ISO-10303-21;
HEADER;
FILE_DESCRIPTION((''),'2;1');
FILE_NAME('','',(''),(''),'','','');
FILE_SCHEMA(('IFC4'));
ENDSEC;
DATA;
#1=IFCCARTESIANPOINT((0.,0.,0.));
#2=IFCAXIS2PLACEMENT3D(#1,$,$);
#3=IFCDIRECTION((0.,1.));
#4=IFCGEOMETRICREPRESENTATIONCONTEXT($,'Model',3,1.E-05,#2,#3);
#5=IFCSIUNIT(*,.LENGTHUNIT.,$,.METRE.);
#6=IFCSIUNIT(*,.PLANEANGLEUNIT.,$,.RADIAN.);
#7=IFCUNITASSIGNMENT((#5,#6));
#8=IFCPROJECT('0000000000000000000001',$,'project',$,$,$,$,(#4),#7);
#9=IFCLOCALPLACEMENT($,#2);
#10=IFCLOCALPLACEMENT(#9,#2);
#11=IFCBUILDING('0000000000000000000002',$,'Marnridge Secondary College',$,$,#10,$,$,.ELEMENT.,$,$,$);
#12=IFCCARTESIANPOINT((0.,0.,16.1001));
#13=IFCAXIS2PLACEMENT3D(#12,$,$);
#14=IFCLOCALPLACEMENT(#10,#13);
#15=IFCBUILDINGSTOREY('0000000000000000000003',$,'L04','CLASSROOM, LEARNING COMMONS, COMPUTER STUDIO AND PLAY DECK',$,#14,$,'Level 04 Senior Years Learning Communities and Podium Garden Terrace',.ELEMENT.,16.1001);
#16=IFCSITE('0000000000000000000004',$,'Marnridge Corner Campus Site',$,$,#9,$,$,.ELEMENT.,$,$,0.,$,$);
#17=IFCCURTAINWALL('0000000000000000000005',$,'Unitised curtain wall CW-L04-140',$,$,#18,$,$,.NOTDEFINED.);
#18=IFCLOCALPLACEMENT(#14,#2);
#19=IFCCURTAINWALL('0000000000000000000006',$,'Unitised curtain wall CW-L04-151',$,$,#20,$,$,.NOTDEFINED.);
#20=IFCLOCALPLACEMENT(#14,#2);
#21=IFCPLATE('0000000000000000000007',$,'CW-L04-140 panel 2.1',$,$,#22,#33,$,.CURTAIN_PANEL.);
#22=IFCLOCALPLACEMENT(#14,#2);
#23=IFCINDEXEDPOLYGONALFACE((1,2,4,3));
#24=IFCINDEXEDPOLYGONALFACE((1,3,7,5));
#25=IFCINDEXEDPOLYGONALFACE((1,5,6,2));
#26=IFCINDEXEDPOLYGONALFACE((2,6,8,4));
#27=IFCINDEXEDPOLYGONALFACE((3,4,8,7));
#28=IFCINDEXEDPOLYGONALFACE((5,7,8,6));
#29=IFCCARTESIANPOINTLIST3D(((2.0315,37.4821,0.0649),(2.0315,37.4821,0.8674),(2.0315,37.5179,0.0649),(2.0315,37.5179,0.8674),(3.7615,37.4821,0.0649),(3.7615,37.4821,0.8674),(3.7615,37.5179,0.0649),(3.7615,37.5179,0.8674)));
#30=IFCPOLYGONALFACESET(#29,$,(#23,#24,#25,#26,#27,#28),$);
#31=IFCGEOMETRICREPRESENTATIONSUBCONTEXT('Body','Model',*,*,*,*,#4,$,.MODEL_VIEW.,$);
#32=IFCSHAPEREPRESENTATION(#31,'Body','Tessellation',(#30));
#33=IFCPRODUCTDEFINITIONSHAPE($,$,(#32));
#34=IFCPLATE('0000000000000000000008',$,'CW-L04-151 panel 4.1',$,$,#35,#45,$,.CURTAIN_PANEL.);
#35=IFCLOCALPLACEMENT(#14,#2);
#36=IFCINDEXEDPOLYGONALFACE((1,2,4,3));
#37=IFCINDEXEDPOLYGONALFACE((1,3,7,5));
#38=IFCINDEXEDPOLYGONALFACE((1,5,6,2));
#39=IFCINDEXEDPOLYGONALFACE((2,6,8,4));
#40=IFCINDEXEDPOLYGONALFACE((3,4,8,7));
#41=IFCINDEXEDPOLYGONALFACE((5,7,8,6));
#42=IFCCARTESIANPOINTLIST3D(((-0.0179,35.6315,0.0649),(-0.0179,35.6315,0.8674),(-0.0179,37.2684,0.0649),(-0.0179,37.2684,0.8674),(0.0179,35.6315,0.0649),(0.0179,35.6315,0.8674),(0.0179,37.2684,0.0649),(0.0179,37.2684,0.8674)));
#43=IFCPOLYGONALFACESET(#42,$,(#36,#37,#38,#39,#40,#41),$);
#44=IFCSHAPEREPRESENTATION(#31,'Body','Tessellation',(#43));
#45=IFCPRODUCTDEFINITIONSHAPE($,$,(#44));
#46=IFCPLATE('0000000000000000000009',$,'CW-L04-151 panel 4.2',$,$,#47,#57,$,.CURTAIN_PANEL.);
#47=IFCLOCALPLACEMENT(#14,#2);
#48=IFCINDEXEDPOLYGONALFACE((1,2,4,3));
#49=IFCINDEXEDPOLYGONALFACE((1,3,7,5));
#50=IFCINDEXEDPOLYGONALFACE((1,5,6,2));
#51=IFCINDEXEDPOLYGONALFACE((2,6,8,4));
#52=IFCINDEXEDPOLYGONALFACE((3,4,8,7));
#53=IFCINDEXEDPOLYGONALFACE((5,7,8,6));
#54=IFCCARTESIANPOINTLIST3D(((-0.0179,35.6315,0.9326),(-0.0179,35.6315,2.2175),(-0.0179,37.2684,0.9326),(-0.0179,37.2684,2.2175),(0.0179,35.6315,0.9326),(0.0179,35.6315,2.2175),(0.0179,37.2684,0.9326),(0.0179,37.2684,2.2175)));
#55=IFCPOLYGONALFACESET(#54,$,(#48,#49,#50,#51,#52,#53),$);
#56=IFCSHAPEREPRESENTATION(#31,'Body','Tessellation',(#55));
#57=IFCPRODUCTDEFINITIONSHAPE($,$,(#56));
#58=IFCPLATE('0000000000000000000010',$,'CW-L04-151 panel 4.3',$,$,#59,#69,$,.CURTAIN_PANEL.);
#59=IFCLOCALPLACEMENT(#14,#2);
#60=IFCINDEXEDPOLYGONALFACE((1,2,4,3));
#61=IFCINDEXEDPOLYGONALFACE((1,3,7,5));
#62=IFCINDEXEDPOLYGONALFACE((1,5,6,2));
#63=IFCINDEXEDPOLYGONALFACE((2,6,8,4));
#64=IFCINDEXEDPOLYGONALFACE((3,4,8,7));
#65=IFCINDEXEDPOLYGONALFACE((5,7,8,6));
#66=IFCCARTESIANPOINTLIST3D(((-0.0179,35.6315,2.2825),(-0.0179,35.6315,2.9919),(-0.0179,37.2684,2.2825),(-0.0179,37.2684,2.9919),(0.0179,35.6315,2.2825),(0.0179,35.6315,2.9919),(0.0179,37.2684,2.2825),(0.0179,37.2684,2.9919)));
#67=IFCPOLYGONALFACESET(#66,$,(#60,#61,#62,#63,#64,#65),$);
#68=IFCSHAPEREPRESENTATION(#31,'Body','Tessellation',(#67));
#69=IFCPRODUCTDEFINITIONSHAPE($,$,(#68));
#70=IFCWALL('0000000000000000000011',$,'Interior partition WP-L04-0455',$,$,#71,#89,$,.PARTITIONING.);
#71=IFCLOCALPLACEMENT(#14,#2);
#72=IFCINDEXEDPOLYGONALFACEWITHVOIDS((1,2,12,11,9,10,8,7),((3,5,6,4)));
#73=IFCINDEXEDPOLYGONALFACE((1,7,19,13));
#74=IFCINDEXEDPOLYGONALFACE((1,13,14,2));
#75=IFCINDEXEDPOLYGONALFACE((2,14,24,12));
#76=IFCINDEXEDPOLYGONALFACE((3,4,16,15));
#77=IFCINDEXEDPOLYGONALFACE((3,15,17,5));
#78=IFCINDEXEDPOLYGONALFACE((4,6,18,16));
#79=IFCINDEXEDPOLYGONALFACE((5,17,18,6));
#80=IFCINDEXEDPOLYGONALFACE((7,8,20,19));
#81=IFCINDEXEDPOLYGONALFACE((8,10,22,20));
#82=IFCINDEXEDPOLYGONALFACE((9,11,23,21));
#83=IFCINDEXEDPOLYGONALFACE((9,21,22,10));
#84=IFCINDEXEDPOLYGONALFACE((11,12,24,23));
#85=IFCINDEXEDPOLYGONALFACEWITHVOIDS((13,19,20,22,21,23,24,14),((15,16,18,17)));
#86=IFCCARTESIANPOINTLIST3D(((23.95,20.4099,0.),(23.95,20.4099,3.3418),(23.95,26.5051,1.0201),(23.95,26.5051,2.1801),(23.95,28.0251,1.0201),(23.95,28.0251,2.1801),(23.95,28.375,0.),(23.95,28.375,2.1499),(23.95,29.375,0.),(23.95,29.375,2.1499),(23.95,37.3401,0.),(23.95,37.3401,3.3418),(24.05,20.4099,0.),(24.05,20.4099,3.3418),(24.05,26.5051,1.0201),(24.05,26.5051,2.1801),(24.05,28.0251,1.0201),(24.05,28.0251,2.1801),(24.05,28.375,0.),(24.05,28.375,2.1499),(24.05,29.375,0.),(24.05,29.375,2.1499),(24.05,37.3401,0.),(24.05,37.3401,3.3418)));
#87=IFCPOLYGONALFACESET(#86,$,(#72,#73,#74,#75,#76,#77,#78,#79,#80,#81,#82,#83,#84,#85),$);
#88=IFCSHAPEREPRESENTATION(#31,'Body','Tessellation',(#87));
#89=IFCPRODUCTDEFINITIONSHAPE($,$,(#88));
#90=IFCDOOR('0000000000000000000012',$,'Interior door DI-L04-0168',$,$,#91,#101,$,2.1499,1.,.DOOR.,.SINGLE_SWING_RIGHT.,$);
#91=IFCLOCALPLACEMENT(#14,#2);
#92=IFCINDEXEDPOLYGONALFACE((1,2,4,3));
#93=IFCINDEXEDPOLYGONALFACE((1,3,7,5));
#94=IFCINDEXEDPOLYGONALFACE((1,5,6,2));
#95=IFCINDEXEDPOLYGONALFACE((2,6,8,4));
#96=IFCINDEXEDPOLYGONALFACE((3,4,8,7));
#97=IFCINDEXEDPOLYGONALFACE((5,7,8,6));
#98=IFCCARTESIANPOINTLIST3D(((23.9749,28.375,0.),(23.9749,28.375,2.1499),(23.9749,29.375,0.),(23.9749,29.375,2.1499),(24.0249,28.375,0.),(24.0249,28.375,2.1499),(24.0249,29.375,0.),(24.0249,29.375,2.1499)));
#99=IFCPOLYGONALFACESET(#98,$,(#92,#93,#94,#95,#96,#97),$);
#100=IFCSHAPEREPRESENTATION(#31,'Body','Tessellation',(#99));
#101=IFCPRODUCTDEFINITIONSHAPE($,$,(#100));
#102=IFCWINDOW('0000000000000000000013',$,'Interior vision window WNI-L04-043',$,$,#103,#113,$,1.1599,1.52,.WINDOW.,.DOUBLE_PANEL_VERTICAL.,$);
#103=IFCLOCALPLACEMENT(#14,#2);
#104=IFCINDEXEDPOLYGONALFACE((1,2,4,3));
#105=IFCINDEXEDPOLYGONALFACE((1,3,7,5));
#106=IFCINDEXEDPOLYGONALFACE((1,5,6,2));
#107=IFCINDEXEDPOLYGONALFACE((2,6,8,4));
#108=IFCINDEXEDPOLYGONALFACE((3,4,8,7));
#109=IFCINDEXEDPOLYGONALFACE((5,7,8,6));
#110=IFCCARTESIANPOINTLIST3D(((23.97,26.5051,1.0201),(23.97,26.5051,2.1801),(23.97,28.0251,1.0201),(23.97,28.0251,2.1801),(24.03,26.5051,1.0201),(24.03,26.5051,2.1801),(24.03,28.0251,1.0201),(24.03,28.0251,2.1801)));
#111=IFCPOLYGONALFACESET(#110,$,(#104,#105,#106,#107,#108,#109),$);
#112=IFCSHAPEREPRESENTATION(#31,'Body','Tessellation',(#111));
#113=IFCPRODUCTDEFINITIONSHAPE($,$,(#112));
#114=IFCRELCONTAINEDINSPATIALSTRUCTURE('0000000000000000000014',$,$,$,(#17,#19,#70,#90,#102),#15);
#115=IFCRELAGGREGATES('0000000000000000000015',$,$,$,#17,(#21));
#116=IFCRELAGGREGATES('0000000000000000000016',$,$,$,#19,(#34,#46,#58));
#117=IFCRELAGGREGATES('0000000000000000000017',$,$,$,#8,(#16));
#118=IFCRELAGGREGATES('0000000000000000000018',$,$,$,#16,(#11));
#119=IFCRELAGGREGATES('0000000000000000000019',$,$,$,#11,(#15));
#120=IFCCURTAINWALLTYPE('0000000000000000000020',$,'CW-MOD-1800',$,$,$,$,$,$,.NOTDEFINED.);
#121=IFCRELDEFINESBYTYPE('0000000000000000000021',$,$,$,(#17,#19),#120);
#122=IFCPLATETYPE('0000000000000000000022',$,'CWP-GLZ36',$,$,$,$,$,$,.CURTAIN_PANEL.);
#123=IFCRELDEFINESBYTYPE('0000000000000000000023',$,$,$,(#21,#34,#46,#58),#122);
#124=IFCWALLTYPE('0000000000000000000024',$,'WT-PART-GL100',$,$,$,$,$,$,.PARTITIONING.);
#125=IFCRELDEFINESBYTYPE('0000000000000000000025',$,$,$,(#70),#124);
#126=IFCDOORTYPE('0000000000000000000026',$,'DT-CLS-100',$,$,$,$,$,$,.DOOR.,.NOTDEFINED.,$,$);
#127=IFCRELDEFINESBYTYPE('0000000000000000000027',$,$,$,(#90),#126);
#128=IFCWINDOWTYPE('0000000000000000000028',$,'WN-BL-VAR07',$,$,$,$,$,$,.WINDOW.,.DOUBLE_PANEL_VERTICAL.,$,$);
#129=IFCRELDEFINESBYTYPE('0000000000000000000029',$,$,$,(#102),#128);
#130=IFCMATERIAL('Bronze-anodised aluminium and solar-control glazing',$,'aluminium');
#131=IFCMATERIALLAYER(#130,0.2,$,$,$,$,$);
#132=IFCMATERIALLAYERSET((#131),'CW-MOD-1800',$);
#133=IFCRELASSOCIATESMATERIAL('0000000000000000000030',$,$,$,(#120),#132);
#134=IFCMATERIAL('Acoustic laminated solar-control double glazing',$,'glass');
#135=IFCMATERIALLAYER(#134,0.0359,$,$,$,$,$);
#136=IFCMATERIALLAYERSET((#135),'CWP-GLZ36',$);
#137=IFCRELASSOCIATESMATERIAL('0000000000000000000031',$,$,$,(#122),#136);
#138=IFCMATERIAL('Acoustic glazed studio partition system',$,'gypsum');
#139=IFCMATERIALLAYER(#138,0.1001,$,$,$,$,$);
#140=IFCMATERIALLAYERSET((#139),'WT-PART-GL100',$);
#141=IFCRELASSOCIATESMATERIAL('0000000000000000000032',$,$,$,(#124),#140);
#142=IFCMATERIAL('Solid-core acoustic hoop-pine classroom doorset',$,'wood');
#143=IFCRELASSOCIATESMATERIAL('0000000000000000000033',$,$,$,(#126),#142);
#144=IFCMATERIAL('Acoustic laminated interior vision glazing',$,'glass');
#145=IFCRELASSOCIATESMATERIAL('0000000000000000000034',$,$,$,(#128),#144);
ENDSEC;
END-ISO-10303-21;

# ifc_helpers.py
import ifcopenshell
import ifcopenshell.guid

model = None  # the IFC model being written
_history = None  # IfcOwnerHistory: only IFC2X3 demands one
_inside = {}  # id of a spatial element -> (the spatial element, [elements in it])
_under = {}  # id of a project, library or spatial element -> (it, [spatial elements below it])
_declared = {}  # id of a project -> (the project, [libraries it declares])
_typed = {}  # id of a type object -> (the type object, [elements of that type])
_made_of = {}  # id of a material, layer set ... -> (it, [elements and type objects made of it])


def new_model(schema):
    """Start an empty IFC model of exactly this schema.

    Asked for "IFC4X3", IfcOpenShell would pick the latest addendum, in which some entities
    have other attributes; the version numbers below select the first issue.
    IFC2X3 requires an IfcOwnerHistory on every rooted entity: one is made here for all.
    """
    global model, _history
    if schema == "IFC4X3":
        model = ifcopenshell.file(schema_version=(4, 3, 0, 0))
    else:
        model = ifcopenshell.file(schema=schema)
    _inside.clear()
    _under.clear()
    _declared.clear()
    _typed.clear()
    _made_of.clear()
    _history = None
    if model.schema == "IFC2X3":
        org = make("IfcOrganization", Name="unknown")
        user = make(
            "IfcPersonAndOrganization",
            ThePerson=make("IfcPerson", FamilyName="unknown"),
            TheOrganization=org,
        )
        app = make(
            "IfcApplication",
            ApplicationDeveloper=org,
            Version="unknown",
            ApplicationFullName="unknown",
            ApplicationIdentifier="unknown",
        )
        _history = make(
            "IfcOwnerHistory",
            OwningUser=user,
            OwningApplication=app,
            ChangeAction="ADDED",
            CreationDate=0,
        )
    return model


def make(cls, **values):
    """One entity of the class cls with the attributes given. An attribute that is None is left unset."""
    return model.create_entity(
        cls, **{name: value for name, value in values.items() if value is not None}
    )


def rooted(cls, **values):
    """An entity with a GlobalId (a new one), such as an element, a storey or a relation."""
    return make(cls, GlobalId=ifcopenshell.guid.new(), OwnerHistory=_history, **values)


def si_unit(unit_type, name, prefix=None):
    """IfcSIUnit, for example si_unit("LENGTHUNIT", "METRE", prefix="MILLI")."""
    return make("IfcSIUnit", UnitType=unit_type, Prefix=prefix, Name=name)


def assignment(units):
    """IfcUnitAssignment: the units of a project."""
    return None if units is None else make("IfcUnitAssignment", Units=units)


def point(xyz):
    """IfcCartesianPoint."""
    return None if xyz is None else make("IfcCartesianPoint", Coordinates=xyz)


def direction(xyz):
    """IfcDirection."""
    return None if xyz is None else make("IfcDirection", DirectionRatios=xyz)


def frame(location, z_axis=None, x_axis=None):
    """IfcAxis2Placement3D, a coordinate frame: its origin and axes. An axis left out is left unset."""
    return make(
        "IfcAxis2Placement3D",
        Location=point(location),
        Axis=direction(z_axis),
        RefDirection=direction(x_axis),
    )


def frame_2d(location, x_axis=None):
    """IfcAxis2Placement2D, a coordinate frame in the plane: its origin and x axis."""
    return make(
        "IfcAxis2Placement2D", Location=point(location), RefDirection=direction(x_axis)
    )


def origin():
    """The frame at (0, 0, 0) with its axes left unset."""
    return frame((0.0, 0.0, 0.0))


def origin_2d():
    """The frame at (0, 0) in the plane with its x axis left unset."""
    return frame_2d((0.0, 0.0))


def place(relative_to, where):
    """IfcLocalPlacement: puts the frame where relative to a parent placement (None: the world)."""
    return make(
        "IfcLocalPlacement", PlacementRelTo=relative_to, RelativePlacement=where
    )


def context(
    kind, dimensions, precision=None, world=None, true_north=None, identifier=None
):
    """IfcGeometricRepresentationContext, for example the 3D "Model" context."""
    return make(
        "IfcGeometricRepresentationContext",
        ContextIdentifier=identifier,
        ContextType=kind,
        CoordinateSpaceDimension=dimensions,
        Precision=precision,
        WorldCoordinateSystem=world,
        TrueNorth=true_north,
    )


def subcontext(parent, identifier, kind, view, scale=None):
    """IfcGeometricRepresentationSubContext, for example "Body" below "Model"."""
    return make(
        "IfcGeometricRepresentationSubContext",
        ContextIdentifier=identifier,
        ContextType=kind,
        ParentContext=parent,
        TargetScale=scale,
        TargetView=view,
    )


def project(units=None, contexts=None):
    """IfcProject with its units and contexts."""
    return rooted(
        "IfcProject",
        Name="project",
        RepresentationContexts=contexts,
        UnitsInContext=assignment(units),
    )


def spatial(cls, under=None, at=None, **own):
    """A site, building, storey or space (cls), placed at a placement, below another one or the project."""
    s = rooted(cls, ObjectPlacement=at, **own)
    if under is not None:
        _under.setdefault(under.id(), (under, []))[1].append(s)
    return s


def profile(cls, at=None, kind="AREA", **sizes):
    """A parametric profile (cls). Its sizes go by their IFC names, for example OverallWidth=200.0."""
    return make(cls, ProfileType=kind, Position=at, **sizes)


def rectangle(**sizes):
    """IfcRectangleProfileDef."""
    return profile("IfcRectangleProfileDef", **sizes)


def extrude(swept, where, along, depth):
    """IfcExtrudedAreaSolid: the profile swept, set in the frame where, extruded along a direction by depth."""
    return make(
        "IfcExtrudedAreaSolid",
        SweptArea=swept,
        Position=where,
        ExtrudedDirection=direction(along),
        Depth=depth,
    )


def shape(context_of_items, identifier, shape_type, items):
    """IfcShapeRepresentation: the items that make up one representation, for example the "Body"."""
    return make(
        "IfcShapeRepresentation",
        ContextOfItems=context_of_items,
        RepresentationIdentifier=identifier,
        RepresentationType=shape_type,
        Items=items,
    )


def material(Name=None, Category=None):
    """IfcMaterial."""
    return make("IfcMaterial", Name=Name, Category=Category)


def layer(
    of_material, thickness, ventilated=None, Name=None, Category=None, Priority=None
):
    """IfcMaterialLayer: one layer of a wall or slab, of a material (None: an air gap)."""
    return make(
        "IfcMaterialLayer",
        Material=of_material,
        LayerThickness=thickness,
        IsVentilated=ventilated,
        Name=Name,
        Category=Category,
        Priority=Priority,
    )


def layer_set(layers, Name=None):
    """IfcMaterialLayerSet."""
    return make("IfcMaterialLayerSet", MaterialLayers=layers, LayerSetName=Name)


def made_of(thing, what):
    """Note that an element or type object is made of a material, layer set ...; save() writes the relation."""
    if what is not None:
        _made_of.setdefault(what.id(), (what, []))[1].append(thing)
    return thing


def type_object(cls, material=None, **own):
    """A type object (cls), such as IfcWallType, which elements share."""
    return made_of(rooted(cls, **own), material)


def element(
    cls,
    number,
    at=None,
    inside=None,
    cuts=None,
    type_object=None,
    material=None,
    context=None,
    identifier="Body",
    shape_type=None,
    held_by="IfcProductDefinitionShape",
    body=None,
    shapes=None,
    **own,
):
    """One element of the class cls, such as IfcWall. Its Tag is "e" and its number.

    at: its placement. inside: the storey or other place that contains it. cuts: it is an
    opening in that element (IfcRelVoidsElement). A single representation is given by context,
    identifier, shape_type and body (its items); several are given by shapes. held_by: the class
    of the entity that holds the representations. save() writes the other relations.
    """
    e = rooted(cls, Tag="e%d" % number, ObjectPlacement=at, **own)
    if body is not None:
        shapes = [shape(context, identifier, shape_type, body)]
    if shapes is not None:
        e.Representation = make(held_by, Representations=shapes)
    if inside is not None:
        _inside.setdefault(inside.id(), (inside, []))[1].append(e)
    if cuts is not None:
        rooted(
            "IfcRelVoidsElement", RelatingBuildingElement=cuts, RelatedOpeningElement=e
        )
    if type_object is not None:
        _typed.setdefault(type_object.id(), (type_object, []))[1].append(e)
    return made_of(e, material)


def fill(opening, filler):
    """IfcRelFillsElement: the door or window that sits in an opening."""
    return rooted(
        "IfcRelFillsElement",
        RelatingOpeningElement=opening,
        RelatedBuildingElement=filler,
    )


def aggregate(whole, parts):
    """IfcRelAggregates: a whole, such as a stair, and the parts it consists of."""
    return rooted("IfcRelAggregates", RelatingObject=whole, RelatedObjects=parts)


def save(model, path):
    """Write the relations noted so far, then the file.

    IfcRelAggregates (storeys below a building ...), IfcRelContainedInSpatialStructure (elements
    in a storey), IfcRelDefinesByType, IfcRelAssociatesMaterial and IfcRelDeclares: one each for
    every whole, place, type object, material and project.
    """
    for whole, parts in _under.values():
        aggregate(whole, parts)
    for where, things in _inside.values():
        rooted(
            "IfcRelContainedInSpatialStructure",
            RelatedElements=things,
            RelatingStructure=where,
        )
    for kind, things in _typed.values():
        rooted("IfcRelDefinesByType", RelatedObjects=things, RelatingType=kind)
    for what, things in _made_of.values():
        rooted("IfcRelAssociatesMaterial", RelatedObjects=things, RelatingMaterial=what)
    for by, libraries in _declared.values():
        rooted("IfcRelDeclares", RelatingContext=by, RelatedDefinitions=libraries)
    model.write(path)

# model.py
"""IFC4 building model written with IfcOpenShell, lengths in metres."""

from ifc_helpers import new_model, si_unit, direction, frame, frame_2d, origin, origin_2d, place, context, subcontext, project, spatial, rectangle, extrude, material, layer, layer_set, type_object, element, fill, aggregate, save


model = new_model("IFC4")

# Units and contexts
model_context = context("Model", 3, precision=1e-05, world=origin(), true_north=direction((0.0, 1.0)))
body_context = subcontext(model_context, "Body", "Model", "MODEL_VIEW")
ifc_project = project(units=[si_unit("LENGTHUNIT", "METRE"), si_unit("PLANEANGLEUNIT", "RADIAN")], contexts=[model_context])

# Site, building, storey
site_placement = place(None, origin())
site = spatial("IfcSite", under=ifc_project, at=site_placement, Name="Marnridge Corner Campus Site", CompositionType="ELEMENT", RefElevation=0.0)
building_placement = place(site_placement, origin())
building = spatial("IfcBuilding", under=site, at=building_placement, Name="Marnridge Secondary College", CompositionType="ELEMENT")
storey_placement = place(building_placement, frame((0.0, 0.0, 16.1001)))
storey = spatial("IfcBuildingStorey", under=building, at=storey_placement, Name="L04", Description="CLASSROOM, LEARNING COMMONS, COMPUTER STUDIO AND PLAY DECK", LongName="Level 04 Senior Years Learning Communities and Podium Garden Terrace", CompositionType="ELEMENT", Elevation=16.1001)

# Curtain wall
ifc_material_1 = material(Name="Bronze-anodised aluminium and solar-control glazing", Category="aluminium")
ifc_layer_1 = layer(ifc_material_1, 0.2)
ifc_layer_set_1 = layer_set([ifc_layer_1], Name="CW-MOD-1800")
curtain_wall_type = type_object("IfcCurtainWallType", Name="CW-MOD-1800", PredefinedType="NOTDEFINED", material=ifc_layer_set_1)
curtain_wall_1_placement = place(storey_placement, origin())
curtain_wall_1 = element("IfcCurtainWall", 1, at=curtain_wall_1_placement, inside=storey, type_object=curtain_wall_type, Name="Unitised curtain wall CW-L04-140", PredefinedType="NOTDEFINED")

# Curtain wall
curtain_wall_2_placement = place(storey_placement, origin())
curtain_wall_2 = element("IfcCurtainWall", 2, at=curtain_wall_2_placement, inside=storey, type_object=curtain_wall_type, Name="Unitised curtain wall CW-L04-151", PredefinedType="NOTDEFINED")

# Plates
ifc_material_2 = material(Name="Acoustic laminated solar-control double glazing", Category="glass")
ifc_layer_2 = layer(ifc_material_2, 0.0359)
ifc_layer_set_2 = layer_set([ifc_layer_2], Name="CWP-GLZ36")
plate_type = type_object("IfcPlateType", Name="CWP-GLZ36", PredefinedType="CURTAIN_PANEL", material=ifc_layer_set_2)
plate_1_placement = place(storey_placement, frame((2.8965, 37.5, 0.0649), z_axis=(0.0, 0.0, 1.0), x_axis=(1.0, 0.0, 0.0)))
plate_1 = element("IfcPlate", 3, at=plate_1_placement, type_object=plate_type, Name="CW-L04-140 panel 2.1", PredefinedType="CURTAIN_PANEL", context=body_context, shape_type="SweptSolid", body=[
    extrude(rectangle(XDim=1.73, YDim=0.0359, at=origin_2d()), origin(), (0.0, 0.0, 1.0), 0.8025),
])
aggregate(curtain_wall_1, [plate_1])
plate_2_placement = place(storey_placement, frame((0.0, 36.45, 0.0649), z_axis=(0.0, 0.0, 1.0), x_axis=(0.0, 1.0, 0.0)))
plate_2 = element("IfcPlate", 4, at=plate_2_placement, type_object=plate_type, Name="CW-L04-151 panel 4.1", PredefinedType="CURTAIN_PANEL", context=body_context, shape_type="SweptSolid", body=[
    extrude(rectangle(XDim=1.637, YDim=0.0359, at=origin_2d()), origin(), (0.0, 0.0, 1.0), 0.8025),
])
plate_3_placement = place(storey_placement, frame((0.0, 36.45, 0.9326), z_axis=(0.0, 0.0, 1.0), x_axis=(0.0, 1.0, 0.0)))
plate_3 = element("IfcPlate", 5, at=plate_3_placement, type_object=plate_type, Name="CW-L04-151 panel 4.2", PredefinedType="CURTAIN_PANEL", context=body_context, shape_type="SweptSolid", body=[
    extrude(rectangle(XDim=1.637, YDim=0.0359, at=origin_2d()), origin(), (0.0, 0.0, 1.0), 1.2849),
])
plate_4_placement = place(storey_placement, frame((0.0, 36.45, 2.2825), z_axis=(0.0, 0.0, 1.0), x_axis=(0.0, 1.0, 0.0)))
plate_4 = element("IfcPlate", 6, at=plate_4_placement, type_object=plate_type, Name="CW-L04-151 panel 4.3", PredefinedType="CURTAIN_PANEL", context=body_context, shape_type="SweptSolid", body=[
    extrude(rectangle(XDim=1.637, YDim=0.0359, at=origin_2d()), origin(), (0.0, 0.0, 1.0), 0.7095),
])
aggregate(curtain_wall_2, [plate_2, plate_3, plate_4])

# Wall, openings, door, window
ifc_material_3 = material(Name="Acoustic glazed studio partition system", Category="gypsum")
ifc_layer_3 = layer(ifc_material_3, 0.1001)
ifc_layer_set_3 = layer_set([ifc_layer_3], Name="WT-PART-GL100")
wall_type = type_object("IfcWallType", Name="WT-PART-GL100", PredefinedType="PARTITIONING", material=ifc_layer_set_3)
wall_placement = place(storey_placement, frame((24.0, 37.3401, 0.0), z_axis=(0.0, 0.0, 1.0), x_axis=(0.0, -1.0, 0.0)))
wall = element("IfcWall", 7, at=wall_placement, inside=storey, type_object=wall_type, Name="Interior partition WP-L04-0455", PredefinedType="PARTITIONING", context=body_context, shape_type="SweptSolid", body=[
    extrude(rectangle(XDim=16.9302, YDim=0.1001, at=frame_2d((8.4651, 0.0))), origin(), (0.0, 0.0, 1.0), 3.3418),
])
opening_1_placement = place(wall_placement, frame((7.9651, 0.0, 0.0)))
opening_1 = element("IfcOpeningElement", 8, at=opening_1_placement, cuts=wall, PredefinedType="OPENING", context=body_context, shape_type="SweptSolid", body=[
    extrude(rectangle(XDim=1.0, YDim=2.1499, at=frame_2d((0.5, 1.075))), frame((0.0, 0.0601, 0.0), z_axis=(0.0, -1.0, 0.0), x_axis=(1.0, 0.0, 0.0)), (0.0, 0.0, 1.0), 0.1201),
])
opening_2_placement = place(wall_placement, frame((9.3149, 0.0, 1.02)))
opening_2 = element("IfcOpeningElement", 9, at=opening_2_placement, cuts=wall, PredefinedType="OPENING", context=body_context, shape_type="SweptSolid", body=[
    extrude(rectangle(XDim=1.52, YDim=1.1599, at=frame_2d((0.76, 0.5801))), frame((0.0, 0.0601, 0.0), z_axis=(0.0, -1.0, 0.0), x_axis=(1.0, 0.0, 0.0)), (0.0, 0.0, 1.0), 0.1201),
])
ifc_material_4 = material(Name="Solid-core acoustic hoop-pine classroom doorset", Category="wood")
door_type = type_object("IfcDoorType", Name="DT-CLS-100", OperationType="NOTDEFINED", PredefinedType="DOOR", material=ifc_material_4)
door_placement = place(opening_1_placement, origin())
door = element("IfcDoor", 10, at=door_placement, inside=storey, type_object=door_type, Name="Interior door DI-L04-0168", OperationType="SINGLE_SWING_RIGHT", OverallHeight=2.1499, OverallWidth=1.0, PredefinedType="DOOR", context=body_context, shape_type="SweptSolid", body=[
    extrude(rectangle(XDim=1.0, YDim=2.1499, at=frame_2d((0.5, 1.075))), frame((0.0, 0.0249, 0.0), z_axis=(0.0, -1.0, 0.0), x_axis=(1.0, 0.0, 0.0)), (0.0, 0.0, 1.0), 0.05),
])
fill(opening_1, door)
ifc_material_5 = material(Name="Acoustic laminated interior vision glazing", Category="glass")
window_type = type_object("IfcWindowType", Name="WN-BL-VAR07", PartitioningType="DOUBLE_PANEL_VERTICAL", PredefinedType="WINDOW", material=ifc_material_5)
window_placement = place(opening_2_placement, origin())
window = element("IfcWindow", 11, at=window_placement, inside=storey, type_object=window_type, Name="Interior vision window WNI-L04-043", OverallHeight=1.1599, OverallWidth=1.52, PartitioningType="DOUBLE_PANEL_VERTICAL", PredefinedType="WINDOW", context=body_context, shape_type="SweptSolid", body=[
    extrude(rectangle(XDim=1.52, YDim=1.1599, at=frame_2d((0.76, 0.5801))), frame((0.0, 0.03, 0.0), z_axis=(0.0, -1.0, 0.0), x_axis=(1.0, 0.0, 0.0)), (0.0, 0.0, 1.0), 0.0601),
])
fill(opening_2, window)

save(model, "model.ifc")
